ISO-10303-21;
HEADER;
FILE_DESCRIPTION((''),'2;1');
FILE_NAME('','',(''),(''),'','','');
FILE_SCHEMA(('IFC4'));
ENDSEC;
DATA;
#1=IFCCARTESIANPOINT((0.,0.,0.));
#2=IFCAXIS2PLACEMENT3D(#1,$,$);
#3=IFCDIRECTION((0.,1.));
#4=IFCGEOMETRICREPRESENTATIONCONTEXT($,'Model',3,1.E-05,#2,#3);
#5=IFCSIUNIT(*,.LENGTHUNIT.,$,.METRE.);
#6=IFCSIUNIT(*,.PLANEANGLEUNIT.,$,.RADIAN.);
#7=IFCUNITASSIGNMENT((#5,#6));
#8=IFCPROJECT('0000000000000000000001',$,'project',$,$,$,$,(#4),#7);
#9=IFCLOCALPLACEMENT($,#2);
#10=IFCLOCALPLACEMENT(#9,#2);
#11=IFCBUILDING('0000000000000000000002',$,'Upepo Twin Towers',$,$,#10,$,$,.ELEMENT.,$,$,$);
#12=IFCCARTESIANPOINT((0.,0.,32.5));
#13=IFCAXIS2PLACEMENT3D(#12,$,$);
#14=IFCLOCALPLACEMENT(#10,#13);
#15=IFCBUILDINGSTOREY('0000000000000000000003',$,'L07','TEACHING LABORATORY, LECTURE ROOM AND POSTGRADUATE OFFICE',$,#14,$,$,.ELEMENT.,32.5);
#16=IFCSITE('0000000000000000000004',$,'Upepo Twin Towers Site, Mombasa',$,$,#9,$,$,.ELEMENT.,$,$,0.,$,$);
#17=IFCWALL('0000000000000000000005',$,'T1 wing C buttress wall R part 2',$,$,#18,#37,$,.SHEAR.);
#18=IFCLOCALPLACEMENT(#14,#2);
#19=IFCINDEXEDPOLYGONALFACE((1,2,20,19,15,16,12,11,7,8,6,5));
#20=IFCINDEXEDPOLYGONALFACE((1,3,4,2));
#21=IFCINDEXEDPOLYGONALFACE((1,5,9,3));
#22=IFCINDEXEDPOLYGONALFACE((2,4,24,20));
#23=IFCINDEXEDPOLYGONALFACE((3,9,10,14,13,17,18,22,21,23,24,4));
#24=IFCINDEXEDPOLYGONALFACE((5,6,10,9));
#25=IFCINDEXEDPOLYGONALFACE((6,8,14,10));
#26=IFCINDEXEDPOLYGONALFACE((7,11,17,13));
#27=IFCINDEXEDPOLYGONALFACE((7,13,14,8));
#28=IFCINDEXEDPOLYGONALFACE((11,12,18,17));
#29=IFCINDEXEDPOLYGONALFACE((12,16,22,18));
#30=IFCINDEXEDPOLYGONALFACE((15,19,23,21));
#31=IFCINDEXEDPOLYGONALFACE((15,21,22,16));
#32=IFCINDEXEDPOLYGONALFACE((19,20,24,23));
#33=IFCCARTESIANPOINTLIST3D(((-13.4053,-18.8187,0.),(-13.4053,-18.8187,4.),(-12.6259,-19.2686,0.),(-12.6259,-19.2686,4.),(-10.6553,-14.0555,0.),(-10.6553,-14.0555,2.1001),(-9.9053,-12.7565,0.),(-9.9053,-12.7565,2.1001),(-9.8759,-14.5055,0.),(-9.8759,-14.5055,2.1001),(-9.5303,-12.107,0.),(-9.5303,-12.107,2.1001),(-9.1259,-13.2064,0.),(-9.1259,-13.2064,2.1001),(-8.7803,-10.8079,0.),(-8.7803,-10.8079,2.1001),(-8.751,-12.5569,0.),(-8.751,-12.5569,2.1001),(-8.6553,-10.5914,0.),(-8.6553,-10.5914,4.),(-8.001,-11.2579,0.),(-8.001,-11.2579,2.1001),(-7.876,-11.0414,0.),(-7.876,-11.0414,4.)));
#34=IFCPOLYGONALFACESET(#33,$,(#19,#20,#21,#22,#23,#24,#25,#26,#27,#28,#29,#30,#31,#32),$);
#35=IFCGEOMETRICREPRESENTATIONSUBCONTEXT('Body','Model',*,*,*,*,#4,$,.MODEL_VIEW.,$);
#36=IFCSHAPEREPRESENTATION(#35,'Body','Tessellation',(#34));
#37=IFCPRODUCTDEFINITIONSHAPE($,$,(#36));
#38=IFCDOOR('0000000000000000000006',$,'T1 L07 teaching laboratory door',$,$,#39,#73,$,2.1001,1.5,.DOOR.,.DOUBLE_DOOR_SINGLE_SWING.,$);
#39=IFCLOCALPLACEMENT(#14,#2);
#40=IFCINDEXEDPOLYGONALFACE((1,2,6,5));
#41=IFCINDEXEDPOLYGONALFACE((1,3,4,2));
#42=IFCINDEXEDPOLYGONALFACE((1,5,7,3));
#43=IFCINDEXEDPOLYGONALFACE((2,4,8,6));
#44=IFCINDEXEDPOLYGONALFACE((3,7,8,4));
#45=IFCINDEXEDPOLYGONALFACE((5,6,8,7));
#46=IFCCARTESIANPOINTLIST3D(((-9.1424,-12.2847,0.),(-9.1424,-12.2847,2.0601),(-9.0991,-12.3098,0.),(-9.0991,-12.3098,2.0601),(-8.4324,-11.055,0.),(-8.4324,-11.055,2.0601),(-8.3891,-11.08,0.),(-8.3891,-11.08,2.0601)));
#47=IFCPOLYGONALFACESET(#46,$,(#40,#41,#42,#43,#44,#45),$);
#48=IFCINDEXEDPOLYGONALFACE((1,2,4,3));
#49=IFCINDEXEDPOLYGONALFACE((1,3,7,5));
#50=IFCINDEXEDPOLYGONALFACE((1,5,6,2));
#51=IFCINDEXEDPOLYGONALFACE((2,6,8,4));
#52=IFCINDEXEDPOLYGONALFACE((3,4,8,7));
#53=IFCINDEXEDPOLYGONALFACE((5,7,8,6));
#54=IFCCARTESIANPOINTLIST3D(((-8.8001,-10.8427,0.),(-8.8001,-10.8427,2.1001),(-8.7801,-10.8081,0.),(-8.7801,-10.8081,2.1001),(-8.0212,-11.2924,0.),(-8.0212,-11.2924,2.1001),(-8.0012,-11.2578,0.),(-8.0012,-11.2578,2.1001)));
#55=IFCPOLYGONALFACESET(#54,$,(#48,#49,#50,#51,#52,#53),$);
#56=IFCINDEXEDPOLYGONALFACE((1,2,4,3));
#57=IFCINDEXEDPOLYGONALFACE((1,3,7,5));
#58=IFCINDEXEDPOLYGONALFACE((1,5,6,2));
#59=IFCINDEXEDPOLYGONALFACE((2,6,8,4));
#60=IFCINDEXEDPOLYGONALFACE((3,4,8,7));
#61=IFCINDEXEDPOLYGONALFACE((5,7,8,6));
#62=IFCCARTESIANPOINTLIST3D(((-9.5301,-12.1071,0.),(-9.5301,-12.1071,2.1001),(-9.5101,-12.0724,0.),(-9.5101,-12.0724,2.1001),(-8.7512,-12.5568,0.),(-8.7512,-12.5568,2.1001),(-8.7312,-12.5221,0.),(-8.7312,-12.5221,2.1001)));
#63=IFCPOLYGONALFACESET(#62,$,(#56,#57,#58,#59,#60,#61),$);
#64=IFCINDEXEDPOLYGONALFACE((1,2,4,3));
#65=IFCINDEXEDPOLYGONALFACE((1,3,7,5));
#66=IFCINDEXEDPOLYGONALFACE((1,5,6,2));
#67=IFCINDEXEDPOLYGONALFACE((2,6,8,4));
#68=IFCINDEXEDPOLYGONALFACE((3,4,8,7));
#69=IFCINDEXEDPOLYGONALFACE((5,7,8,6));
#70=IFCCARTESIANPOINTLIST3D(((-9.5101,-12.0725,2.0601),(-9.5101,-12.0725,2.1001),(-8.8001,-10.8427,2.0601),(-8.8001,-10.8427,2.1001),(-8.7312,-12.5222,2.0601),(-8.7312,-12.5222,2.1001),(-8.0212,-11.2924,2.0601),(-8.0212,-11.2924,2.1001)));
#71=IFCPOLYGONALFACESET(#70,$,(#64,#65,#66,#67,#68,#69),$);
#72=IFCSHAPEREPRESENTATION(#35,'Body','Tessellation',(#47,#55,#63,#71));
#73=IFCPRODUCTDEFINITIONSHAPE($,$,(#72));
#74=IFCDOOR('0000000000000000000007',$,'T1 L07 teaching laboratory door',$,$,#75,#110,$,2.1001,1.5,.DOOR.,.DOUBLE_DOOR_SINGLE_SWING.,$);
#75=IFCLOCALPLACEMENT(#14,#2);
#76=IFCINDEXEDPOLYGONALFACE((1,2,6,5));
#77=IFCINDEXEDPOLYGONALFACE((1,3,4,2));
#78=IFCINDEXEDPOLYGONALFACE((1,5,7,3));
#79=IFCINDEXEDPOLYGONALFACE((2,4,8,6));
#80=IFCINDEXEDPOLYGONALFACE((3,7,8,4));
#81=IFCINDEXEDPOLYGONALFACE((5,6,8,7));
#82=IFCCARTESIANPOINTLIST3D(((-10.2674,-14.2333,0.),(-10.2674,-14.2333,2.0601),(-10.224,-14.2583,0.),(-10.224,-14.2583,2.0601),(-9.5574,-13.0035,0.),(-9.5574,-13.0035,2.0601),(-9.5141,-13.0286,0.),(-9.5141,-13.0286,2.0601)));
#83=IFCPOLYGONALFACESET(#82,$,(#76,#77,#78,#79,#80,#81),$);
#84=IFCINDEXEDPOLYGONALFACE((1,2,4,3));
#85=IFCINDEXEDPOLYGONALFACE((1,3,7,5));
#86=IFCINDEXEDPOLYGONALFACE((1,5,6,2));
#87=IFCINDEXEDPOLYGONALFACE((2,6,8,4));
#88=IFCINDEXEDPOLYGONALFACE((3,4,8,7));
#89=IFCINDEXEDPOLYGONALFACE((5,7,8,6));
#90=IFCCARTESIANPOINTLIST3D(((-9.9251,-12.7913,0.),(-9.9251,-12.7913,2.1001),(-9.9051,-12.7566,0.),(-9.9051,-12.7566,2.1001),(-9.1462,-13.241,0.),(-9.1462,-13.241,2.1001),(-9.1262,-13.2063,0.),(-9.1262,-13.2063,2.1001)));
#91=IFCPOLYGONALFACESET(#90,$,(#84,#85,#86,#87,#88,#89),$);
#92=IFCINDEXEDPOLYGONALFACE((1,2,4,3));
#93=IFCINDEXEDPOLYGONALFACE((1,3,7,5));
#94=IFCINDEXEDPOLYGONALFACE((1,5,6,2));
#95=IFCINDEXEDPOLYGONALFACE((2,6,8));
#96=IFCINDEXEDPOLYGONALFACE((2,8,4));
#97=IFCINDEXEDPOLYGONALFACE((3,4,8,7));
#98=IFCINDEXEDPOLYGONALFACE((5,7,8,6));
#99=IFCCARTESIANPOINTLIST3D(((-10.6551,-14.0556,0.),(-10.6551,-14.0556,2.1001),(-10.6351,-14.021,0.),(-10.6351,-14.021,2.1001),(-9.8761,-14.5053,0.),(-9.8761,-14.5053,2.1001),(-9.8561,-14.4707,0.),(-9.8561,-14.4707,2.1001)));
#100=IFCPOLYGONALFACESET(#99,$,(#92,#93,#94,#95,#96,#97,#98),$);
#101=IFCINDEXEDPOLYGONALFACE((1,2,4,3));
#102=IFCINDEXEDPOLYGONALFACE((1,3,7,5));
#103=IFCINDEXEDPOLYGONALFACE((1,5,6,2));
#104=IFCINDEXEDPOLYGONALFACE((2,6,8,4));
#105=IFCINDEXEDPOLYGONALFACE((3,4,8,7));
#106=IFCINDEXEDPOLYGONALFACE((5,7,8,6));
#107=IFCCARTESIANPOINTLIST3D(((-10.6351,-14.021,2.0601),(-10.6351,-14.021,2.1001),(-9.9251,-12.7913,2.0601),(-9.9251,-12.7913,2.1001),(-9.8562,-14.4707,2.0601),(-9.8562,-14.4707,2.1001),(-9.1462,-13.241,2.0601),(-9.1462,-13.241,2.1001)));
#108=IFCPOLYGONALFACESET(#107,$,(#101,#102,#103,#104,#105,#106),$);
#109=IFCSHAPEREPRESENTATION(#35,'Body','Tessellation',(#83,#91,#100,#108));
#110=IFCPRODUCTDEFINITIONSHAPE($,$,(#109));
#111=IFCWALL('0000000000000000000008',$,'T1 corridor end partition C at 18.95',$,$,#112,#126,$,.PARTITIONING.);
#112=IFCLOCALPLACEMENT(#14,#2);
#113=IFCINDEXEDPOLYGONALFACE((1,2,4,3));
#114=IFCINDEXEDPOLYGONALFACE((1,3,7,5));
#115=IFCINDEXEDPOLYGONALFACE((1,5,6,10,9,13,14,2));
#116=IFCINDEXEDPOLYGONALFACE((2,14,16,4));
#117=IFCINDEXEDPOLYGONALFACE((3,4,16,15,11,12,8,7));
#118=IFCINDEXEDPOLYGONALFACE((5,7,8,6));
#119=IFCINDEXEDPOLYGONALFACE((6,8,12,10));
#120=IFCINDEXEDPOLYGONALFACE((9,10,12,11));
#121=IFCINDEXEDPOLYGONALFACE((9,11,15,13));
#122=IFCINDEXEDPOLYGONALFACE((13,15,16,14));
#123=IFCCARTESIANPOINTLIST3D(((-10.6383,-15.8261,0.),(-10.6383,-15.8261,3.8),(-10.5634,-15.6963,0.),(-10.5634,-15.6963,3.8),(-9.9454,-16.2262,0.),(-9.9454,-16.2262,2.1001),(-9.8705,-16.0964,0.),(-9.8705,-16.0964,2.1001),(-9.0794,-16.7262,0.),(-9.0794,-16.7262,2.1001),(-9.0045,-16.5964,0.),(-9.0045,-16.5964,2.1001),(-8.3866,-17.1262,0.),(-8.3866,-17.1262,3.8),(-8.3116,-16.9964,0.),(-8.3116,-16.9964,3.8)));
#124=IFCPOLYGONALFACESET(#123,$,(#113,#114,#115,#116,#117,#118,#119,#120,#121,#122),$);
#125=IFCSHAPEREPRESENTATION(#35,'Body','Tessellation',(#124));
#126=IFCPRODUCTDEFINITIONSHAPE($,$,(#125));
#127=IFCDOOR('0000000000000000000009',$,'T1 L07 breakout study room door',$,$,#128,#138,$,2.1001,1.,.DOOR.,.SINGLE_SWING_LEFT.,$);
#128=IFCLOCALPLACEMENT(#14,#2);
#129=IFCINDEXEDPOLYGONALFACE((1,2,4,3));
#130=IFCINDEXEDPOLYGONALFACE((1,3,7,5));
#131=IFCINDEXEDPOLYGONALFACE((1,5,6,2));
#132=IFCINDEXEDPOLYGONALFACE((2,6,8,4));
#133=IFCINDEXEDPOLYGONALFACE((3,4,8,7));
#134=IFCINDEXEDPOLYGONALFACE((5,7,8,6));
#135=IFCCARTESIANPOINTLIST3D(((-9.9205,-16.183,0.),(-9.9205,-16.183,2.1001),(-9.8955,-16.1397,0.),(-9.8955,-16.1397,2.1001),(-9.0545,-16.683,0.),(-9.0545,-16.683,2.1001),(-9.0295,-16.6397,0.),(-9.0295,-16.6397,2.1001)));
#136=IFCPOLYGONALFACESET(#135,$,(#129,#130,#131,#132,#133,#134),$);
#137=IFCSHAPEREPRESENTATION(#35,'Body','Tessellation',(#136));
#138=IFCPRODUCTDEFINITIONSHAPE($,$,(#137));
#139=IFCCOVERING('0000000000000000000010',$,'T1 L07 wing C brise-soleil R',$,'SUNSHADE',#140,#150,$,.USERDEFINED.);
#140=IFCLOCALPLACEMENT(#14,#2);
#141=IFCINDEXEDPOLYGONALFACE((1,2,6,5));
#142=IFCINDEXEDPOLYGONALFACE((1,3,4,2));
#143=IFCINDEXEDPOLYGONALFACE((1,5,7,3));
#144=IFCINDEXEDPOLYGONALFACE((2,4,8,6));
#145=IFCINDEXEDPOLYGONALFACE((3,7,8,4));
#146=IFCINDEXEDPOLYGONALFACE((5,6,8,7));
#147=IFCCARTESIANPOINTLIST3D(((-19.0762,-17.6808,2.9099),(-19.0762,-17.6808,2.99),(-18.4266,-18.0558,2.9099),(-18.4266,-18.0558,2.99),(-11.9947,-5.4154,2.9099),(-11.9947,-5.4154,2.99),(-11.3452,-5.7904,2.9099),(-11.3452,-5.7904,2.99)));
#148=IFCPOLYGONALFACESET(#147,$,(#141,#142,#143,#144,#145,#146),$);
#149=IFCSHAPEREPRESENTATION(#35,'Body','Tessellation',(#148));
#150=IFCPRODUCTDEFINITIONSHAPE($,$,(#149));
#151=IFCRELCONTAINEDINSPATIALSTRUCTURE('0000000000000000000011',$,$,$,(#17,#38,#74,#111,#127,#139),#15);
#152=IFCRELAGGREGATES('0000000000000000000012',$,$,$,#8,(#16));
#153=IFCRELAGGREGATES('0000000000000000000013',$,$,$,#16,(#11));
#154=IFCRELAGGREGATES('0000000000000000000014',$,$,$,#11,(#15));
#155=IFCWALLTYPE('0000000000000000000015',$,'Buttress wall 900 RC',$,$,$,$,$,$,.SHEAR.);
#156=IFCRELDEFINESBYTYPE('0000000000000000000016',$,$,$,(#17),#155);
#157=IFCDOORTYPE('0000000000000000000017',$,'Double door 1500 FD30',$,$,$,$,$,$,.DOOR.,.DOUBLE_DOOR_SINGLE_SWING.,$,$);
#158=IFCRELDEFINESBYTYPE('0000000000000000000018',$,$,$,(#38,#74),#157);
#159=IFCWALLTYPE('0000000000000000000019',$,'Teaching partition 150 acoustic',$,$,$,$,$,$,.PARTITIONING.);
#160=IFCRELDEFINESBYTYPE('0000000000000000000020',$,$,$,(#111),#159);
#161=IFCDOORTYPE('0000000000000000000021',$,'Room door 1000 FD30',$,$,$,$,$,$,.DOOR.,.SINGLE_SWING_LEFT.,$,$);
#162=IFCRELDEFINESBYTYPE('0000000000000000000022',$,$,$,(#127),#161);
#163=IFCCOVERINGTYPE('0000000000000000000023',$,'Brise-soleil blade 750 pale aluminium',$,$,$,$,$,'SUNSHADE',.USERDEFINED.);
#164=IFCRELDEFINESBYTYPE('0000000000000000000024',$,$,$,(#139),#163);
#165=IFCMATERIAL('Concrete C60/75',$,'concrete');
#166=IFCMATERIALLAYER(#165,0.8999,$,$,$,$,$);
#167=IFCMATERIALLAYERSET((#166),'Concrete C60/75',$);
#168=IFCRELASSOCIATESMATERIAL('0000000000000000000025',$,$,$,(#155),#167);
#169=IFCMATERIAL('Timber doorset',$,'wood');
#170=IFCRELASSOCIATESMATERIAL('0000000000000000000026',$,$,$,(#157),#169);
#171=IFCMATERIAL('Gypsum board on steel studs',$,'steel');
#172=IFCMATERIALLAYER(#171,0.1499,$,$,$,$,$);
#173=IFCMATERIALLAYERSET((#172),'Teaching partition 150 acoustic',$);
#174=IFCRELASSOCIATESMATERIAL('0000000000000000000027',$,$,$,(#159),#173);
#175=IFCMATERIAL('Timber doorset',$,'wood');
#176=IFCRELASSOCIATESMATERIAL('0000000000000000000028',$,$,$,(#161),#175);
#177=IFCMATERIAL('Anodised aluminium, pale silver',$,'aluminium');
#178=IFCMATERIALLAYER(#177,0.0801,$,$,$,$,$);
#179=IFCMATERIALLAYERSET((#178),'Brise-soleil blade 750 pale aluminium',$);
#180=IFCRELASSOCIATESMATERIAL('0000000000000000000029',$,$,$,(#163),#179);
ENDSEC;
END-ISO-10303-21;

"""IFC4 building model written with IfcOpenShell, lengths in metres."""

from ifc_helpers import new_model, si_unit, direction, frame, frame_2d, origin, origin_2d, place, context, subcontext, project, spatial, rectangle, extrude, material, layer, layer_set, type_object, element, fill, save


model = new_model("IFC4")

# Units and contexts
model_context = context("Model", 3, precision=1e-05, world=origin(), true_north=direction((0.0, 1.0)))
body_context = subcontext(model_context, "Body", "Model", "MODEL_VIEW")
ifc_project = project(units=[si_unit("LENGTHUNIT", "METRE"), si_unit("PLANEANGLEUNIT", "RADIAN")], contexts=[model_context])

# Site, building, storey
site_placement = place(None, origin())
site = spatial("IfcSite", under=ifc_project, at=site_placement, Name="Upepo Twin Towers Site, Mombasa", CompositionType="ELEMENT", RefElevation=0.0)
building_placement = place(site_placement, origin())
building = spatial("IfcBuilding", under=site, at=building_placement, Name="Upepo Twin Towers", CompositionType="ELEMENT")
storey_placement = place(building_placement, frame((0.0, 0.0, 32.5)))
storey = spatial("IfcBuildingStorey", under=building, at=storey_placement, Name="L07", Description="TEACHING LABORATORY, LECTURE ROOM AND POSTGRADUATE OFFICE", CompositionType="ELEMENT", Elevation=32.5)

# Wall, openings, doors
ifc_material_1 = material(Name="Concrete C60/75", Category="concrete")
ifc_layer_1 = layer(ifc_material_1, 0.8999)
ifc_layer_set_1 = layer_set([ifc_layer_1], Name="Concrete C60/75")
wall_type_1 = type_object("IfcWallType", Name="Buttress wall 900 RC", PredefinedType="SHEAR", material=ifc_layer_set_1)
ifc_material_2 = material(Name="Timber doorset", Category="wood")
door_type_1 = type_object("IfcDoorType", Name="Double door 1500 FD30", OperationType="DOUBLE_DOOR_SINGLE_SWING", PredefinedType="DOOR", material=ifc_material_2)
wall_1_placement = place(storey_placement, frame((-8.2656, -10.8164, 0.0), z_axis=(0.0, 0.0, 1.0), x_axis=(-0.499998, -0.866027, 0.0)))
wall_1 = element("IfcWall", 1, at=wall_1_placement, inside=storey, type_object=wall_type_1, Name="T1 wing C buttress wall R part 2", PredefinedType="SHEAR", context=body_context, shape_type="SweptSolid", body=[
    extrude(rectangle(XDim=9.5, YDim=0.8999, at=frame_2d((4.75, 0.0))), origin(), (0.0, 0.0, 1.0), 4.0),
])
opening_1_placement = place(wall_1_placement, frame((0.25, 0.0, 0.0)))
opening_1 = element("IfcOpeningElement", 2, at=opening_1_placement, cuts=wall_1, PredefinedType="OPENING", context=body_context, shape_type="SweptSolid", body=[
    extrude(rectangle(XDim=1.5, YDim=2.1001, at=frame_2d((0.75, 1.05))), frame((0.0, 0.46, 0.0), z_axis=(0.0, -1.0, 0.0), x_axis=(1.0, 0.0, 0.0)), (0.0, 0.0, 1.0), 0.9199),
])
opening_2_placement = place(wall_1_placement, frame((2.5, 0.0, 0.0)))
opening_2 = element("IfcOpeningElement", 3, at=opening_2_placement, cuts=wall_1, PredefinedType="OPENING", context=body_context, shape_type="SweptSolid", body=[
    extrude(rectangle(XDim=1.5, YDim=2.1001, at=frame_2d((0.75, 1.05))), frame((0.0, 0.46, 0.0), z_axis=(0.0, -1.0, 0.0), x_axis=(1.0, 0.0, 0.0)), (0.0, 0.0, 1.0), 0.9199),
])
door_1_placement = place(opening_1_placement, origin())
door_1 = element("IfcDoor", 4, at=door_1_placement, inside=storey, type_object=door_type_1, Name="T1 L07 teaching laboratory door", OperationType="DOUBLE_DOOR_SINGLE_SWING", OverallHeight=2.1001, OverallWidth=1.5, PredefinedType="DOOR", context=body_context, shape_type="SweptSolid", body=[
    extrude(rectangle(XDim=1.42, YDim=2.0601, at=frame_2d((0.75, 1.03))), frame((0.0, 0.0249, 0.0), z_axis=(0.0, -1.0, 0.0), x_axis=(1.0, 0.0, 0.0)), (0.0, 0.0, 1.0), 0.05),
    extrude(rectangle(XDim=0.04, YDim=2.1001, at=frame_2d((0.02, 1.05))), frame((0.0, 0.4497, 0.0), z_axis=(0.0, -1.0, 0.0), x_axis=(1.0, 0.0, 0.0)), (0.0, 0.0, 1.0), 0.8994),
    extrude(rectangle(XDim=0.04, YDim=2.1001, at=frame_2d((1.48, 1.05))), frame((0.0, 0.4497, 0.0), z_axis=(0.0, -1.0, 0.0), x_axis=(1.0, 0.0, 0.0)), (0.0, 0.0, 1.0), 0.8994),
    extrude(rectangle(XDim=1.42, YDim=0.04, at=frame_2d((0.75, 2.0801))), frame((0.0, 0.4497, 0.0), z_axis=(0.0, -1.0, 0.0), x_axis=(1.0, 0.0, 0.0)), (0.0, 0.0, 1.0), 0.8994),
])
fill(opening_1, door_1)
door_2_placement = place(opening_2_placement, origin())
door_2 = element("IfcDoor", 5, at=door_2_placement, inside=storey, type_object=door_type_1, Name="T1 L07 teaching laboratory door", OperationType="DOUBLE_DOOR_SINGLE_SWING", OverallHeight=2.1001, OverallWidth=1.5, PredefinedType="DOOR", context=body_context, shape_type="SweptSolid", body=[
    extrude(rectangle(XDim=1.42, YDim=2.0601, at=frame_2d((0.75, 1.03))), frame((0.0, 0.0249, 0.0), z_axis=(0.0, -1.0, 0.0), x_axis=(1.0, 0.0, 0.0)), (0.0, 0.0, 1.0), 0.05),
    extrude(rectangle(XDim=0.04, YDim=2.1001, at=frame_2d((0.02, 1.05))), frame((0.0, 0.4497, 0.0), z_axis=(0.0, -1.0, 0.0), x_axis=(1.0, 0.0, 0.0)), (0.0, 0.0, 1.0), 0.8994),
    extrude(rectangle(XDim=0.04, YDim=2.1001, at=frame_2d((1.48, 1.05))), frame((0.0, 0.4497, 0.0), z_axis=(0.0, -1.0, 0.0), x_axis=(1.0, 0.0, 0.0)), (0.0, 0.0, 1.0), 0.8994),
    extrude(rectangle(XDim=1.42, YDim=0.04, at=frame_2d((0.75, 2.0801))), frame((0.0, 0.4497, 0.0), z_axis=(0.0, -1.0, 0.0), x_axis=(1.0, 0.0, 0.0)), (0.0, 0.0, 1.0), 0.8994),
])
fill(opening_2, door_2)

# Wall, opening, door
ifc_material_3 = material(Name="Gypsum board on steel studs", Category="steel")
ifc_layer_2 = layer(ifc_material_3, 0.1499)
ifc_layer_set_2 = layer_set([ifc_layer_2], Name="Teaching partition 150 acoustic")
wall_type_2 = type_object("IfcWallType", Name="Teaching partition 150 acoustic", PredefinedType="PARTITIONING", material=ifc_layer_set_2)
wall_2_placement = place(storey_placement, frame((-10.6008, -15.7612, 0.0), z_axis=(0.0, 0.0, 1.0), x_axis=(0.866021, -0.500007, 0.0)))
wall_2 = element("IfcWall", 6, at=wall_2_placement, inside=storey, type_object=wall_type_2, Name="T1 corridor end partition C at 18.95", PredefinedType="PARTITIONING", context=body_context, shape_type="SweptSolid", body=[
    extrude(rectangle(XDim=2.6001, YDim=0.1499, at=frame_2d((1.3, 0.0))), origin(), (0.0, 0.0, 1.0), 3.8),
])
opening_3_placement = place(wall_2_placement, frame((0.8, 0.0, 0.0)))
opening_3 = element("IfcOpeningElement", 7, at=opening_3_placement, cuts=wall_2, PredefinedType="OPENING", context=body_context, shape_type="SweptSolid", body=[
    extrude(rectangle(XDim=1.0, YDim=2.1001, at=frame_2d((0.5, 1.05))), frame((0.0, 0.085, 0.0), z_axis=(0.0, -1.0, 0.0), x_axis=(1.0, 0.0, 0.0)), (0.0, 0.0, 1.0), 0.1699),
])
ifc_material_4 = material(Name="Timber doorset", Category="wood")
door_type_2 = type_object("IfcDoorType", Name="Room door 1000 FD30", OperationType="SINGLE_SWING_LEFT", PredefinedType="DOOR", material=ifc_material_4)
door_3_placement = place(opening_3_placement, origin())
door_3 = element("IfcDoor", 8, at=door_3_placement, inside=storey, type_object=door_type_2, Name="T1 L07 breakout study room door", OperationType="SINGLE_SWING_LEFT", OverallHeight=2.1001, OverallWidth=1.0, PredefinedType="DOOR", context=body_context, shape_type="SweptSolid", body=[
    extrude(rectangle(XDim=1.0, YDim=2.1001, at=frame_2d((0.5, 1.05))), frame((0.0, 0.0249, 0.0), z_axis=(0.0, -1.0, 0.0), x_axis=(1.0, 0.0, 0.0)), (0.0, 0.0, 1.0), 0.05),
])
fill(opening_3, door_3)

# Covering
ifc_material_5 = material(Name="Anodised aluminium, pale silver", Category="aluminium")
ifc_layer_3 = layer(ifc_material_5, 0.0801)
ifc_layer_set_3 = layer_set([ifc_layer_3], Name="Brise-soleil blade 750 pale aluminium")
covering_type = type_object("IfcCoveringType", Name="Brise-soleil blade 750 pale aluminium", ElementType="SUNSHADE", PredefinedType="USERDEFINED", material=ifc_layer_set_3)
covering_placement = place(storey_placement, frame((-15.2107, -11.7356, 2.9099), z_axis=(0.0, 0.0, 1.0), x_axis=(-0.5, -0.866025, 0.0)))
element("IfcCovering", 9, at=covering_placement, inside=storey, type_object=covering_type, Name="T1 L07 wing C brise-soleil R", ObjectType="SUNSHADE", PredefinedType="USERDEFINED", context=body_context, shape_type="SweptSolid", body=[
    extrude(rectangle(XDim=14.1628, YDim=0.75, at=origin_2d()), origin(), (0.0, 0.0, 1.0), 0.0801),
])

save(model, "model.ifc")
